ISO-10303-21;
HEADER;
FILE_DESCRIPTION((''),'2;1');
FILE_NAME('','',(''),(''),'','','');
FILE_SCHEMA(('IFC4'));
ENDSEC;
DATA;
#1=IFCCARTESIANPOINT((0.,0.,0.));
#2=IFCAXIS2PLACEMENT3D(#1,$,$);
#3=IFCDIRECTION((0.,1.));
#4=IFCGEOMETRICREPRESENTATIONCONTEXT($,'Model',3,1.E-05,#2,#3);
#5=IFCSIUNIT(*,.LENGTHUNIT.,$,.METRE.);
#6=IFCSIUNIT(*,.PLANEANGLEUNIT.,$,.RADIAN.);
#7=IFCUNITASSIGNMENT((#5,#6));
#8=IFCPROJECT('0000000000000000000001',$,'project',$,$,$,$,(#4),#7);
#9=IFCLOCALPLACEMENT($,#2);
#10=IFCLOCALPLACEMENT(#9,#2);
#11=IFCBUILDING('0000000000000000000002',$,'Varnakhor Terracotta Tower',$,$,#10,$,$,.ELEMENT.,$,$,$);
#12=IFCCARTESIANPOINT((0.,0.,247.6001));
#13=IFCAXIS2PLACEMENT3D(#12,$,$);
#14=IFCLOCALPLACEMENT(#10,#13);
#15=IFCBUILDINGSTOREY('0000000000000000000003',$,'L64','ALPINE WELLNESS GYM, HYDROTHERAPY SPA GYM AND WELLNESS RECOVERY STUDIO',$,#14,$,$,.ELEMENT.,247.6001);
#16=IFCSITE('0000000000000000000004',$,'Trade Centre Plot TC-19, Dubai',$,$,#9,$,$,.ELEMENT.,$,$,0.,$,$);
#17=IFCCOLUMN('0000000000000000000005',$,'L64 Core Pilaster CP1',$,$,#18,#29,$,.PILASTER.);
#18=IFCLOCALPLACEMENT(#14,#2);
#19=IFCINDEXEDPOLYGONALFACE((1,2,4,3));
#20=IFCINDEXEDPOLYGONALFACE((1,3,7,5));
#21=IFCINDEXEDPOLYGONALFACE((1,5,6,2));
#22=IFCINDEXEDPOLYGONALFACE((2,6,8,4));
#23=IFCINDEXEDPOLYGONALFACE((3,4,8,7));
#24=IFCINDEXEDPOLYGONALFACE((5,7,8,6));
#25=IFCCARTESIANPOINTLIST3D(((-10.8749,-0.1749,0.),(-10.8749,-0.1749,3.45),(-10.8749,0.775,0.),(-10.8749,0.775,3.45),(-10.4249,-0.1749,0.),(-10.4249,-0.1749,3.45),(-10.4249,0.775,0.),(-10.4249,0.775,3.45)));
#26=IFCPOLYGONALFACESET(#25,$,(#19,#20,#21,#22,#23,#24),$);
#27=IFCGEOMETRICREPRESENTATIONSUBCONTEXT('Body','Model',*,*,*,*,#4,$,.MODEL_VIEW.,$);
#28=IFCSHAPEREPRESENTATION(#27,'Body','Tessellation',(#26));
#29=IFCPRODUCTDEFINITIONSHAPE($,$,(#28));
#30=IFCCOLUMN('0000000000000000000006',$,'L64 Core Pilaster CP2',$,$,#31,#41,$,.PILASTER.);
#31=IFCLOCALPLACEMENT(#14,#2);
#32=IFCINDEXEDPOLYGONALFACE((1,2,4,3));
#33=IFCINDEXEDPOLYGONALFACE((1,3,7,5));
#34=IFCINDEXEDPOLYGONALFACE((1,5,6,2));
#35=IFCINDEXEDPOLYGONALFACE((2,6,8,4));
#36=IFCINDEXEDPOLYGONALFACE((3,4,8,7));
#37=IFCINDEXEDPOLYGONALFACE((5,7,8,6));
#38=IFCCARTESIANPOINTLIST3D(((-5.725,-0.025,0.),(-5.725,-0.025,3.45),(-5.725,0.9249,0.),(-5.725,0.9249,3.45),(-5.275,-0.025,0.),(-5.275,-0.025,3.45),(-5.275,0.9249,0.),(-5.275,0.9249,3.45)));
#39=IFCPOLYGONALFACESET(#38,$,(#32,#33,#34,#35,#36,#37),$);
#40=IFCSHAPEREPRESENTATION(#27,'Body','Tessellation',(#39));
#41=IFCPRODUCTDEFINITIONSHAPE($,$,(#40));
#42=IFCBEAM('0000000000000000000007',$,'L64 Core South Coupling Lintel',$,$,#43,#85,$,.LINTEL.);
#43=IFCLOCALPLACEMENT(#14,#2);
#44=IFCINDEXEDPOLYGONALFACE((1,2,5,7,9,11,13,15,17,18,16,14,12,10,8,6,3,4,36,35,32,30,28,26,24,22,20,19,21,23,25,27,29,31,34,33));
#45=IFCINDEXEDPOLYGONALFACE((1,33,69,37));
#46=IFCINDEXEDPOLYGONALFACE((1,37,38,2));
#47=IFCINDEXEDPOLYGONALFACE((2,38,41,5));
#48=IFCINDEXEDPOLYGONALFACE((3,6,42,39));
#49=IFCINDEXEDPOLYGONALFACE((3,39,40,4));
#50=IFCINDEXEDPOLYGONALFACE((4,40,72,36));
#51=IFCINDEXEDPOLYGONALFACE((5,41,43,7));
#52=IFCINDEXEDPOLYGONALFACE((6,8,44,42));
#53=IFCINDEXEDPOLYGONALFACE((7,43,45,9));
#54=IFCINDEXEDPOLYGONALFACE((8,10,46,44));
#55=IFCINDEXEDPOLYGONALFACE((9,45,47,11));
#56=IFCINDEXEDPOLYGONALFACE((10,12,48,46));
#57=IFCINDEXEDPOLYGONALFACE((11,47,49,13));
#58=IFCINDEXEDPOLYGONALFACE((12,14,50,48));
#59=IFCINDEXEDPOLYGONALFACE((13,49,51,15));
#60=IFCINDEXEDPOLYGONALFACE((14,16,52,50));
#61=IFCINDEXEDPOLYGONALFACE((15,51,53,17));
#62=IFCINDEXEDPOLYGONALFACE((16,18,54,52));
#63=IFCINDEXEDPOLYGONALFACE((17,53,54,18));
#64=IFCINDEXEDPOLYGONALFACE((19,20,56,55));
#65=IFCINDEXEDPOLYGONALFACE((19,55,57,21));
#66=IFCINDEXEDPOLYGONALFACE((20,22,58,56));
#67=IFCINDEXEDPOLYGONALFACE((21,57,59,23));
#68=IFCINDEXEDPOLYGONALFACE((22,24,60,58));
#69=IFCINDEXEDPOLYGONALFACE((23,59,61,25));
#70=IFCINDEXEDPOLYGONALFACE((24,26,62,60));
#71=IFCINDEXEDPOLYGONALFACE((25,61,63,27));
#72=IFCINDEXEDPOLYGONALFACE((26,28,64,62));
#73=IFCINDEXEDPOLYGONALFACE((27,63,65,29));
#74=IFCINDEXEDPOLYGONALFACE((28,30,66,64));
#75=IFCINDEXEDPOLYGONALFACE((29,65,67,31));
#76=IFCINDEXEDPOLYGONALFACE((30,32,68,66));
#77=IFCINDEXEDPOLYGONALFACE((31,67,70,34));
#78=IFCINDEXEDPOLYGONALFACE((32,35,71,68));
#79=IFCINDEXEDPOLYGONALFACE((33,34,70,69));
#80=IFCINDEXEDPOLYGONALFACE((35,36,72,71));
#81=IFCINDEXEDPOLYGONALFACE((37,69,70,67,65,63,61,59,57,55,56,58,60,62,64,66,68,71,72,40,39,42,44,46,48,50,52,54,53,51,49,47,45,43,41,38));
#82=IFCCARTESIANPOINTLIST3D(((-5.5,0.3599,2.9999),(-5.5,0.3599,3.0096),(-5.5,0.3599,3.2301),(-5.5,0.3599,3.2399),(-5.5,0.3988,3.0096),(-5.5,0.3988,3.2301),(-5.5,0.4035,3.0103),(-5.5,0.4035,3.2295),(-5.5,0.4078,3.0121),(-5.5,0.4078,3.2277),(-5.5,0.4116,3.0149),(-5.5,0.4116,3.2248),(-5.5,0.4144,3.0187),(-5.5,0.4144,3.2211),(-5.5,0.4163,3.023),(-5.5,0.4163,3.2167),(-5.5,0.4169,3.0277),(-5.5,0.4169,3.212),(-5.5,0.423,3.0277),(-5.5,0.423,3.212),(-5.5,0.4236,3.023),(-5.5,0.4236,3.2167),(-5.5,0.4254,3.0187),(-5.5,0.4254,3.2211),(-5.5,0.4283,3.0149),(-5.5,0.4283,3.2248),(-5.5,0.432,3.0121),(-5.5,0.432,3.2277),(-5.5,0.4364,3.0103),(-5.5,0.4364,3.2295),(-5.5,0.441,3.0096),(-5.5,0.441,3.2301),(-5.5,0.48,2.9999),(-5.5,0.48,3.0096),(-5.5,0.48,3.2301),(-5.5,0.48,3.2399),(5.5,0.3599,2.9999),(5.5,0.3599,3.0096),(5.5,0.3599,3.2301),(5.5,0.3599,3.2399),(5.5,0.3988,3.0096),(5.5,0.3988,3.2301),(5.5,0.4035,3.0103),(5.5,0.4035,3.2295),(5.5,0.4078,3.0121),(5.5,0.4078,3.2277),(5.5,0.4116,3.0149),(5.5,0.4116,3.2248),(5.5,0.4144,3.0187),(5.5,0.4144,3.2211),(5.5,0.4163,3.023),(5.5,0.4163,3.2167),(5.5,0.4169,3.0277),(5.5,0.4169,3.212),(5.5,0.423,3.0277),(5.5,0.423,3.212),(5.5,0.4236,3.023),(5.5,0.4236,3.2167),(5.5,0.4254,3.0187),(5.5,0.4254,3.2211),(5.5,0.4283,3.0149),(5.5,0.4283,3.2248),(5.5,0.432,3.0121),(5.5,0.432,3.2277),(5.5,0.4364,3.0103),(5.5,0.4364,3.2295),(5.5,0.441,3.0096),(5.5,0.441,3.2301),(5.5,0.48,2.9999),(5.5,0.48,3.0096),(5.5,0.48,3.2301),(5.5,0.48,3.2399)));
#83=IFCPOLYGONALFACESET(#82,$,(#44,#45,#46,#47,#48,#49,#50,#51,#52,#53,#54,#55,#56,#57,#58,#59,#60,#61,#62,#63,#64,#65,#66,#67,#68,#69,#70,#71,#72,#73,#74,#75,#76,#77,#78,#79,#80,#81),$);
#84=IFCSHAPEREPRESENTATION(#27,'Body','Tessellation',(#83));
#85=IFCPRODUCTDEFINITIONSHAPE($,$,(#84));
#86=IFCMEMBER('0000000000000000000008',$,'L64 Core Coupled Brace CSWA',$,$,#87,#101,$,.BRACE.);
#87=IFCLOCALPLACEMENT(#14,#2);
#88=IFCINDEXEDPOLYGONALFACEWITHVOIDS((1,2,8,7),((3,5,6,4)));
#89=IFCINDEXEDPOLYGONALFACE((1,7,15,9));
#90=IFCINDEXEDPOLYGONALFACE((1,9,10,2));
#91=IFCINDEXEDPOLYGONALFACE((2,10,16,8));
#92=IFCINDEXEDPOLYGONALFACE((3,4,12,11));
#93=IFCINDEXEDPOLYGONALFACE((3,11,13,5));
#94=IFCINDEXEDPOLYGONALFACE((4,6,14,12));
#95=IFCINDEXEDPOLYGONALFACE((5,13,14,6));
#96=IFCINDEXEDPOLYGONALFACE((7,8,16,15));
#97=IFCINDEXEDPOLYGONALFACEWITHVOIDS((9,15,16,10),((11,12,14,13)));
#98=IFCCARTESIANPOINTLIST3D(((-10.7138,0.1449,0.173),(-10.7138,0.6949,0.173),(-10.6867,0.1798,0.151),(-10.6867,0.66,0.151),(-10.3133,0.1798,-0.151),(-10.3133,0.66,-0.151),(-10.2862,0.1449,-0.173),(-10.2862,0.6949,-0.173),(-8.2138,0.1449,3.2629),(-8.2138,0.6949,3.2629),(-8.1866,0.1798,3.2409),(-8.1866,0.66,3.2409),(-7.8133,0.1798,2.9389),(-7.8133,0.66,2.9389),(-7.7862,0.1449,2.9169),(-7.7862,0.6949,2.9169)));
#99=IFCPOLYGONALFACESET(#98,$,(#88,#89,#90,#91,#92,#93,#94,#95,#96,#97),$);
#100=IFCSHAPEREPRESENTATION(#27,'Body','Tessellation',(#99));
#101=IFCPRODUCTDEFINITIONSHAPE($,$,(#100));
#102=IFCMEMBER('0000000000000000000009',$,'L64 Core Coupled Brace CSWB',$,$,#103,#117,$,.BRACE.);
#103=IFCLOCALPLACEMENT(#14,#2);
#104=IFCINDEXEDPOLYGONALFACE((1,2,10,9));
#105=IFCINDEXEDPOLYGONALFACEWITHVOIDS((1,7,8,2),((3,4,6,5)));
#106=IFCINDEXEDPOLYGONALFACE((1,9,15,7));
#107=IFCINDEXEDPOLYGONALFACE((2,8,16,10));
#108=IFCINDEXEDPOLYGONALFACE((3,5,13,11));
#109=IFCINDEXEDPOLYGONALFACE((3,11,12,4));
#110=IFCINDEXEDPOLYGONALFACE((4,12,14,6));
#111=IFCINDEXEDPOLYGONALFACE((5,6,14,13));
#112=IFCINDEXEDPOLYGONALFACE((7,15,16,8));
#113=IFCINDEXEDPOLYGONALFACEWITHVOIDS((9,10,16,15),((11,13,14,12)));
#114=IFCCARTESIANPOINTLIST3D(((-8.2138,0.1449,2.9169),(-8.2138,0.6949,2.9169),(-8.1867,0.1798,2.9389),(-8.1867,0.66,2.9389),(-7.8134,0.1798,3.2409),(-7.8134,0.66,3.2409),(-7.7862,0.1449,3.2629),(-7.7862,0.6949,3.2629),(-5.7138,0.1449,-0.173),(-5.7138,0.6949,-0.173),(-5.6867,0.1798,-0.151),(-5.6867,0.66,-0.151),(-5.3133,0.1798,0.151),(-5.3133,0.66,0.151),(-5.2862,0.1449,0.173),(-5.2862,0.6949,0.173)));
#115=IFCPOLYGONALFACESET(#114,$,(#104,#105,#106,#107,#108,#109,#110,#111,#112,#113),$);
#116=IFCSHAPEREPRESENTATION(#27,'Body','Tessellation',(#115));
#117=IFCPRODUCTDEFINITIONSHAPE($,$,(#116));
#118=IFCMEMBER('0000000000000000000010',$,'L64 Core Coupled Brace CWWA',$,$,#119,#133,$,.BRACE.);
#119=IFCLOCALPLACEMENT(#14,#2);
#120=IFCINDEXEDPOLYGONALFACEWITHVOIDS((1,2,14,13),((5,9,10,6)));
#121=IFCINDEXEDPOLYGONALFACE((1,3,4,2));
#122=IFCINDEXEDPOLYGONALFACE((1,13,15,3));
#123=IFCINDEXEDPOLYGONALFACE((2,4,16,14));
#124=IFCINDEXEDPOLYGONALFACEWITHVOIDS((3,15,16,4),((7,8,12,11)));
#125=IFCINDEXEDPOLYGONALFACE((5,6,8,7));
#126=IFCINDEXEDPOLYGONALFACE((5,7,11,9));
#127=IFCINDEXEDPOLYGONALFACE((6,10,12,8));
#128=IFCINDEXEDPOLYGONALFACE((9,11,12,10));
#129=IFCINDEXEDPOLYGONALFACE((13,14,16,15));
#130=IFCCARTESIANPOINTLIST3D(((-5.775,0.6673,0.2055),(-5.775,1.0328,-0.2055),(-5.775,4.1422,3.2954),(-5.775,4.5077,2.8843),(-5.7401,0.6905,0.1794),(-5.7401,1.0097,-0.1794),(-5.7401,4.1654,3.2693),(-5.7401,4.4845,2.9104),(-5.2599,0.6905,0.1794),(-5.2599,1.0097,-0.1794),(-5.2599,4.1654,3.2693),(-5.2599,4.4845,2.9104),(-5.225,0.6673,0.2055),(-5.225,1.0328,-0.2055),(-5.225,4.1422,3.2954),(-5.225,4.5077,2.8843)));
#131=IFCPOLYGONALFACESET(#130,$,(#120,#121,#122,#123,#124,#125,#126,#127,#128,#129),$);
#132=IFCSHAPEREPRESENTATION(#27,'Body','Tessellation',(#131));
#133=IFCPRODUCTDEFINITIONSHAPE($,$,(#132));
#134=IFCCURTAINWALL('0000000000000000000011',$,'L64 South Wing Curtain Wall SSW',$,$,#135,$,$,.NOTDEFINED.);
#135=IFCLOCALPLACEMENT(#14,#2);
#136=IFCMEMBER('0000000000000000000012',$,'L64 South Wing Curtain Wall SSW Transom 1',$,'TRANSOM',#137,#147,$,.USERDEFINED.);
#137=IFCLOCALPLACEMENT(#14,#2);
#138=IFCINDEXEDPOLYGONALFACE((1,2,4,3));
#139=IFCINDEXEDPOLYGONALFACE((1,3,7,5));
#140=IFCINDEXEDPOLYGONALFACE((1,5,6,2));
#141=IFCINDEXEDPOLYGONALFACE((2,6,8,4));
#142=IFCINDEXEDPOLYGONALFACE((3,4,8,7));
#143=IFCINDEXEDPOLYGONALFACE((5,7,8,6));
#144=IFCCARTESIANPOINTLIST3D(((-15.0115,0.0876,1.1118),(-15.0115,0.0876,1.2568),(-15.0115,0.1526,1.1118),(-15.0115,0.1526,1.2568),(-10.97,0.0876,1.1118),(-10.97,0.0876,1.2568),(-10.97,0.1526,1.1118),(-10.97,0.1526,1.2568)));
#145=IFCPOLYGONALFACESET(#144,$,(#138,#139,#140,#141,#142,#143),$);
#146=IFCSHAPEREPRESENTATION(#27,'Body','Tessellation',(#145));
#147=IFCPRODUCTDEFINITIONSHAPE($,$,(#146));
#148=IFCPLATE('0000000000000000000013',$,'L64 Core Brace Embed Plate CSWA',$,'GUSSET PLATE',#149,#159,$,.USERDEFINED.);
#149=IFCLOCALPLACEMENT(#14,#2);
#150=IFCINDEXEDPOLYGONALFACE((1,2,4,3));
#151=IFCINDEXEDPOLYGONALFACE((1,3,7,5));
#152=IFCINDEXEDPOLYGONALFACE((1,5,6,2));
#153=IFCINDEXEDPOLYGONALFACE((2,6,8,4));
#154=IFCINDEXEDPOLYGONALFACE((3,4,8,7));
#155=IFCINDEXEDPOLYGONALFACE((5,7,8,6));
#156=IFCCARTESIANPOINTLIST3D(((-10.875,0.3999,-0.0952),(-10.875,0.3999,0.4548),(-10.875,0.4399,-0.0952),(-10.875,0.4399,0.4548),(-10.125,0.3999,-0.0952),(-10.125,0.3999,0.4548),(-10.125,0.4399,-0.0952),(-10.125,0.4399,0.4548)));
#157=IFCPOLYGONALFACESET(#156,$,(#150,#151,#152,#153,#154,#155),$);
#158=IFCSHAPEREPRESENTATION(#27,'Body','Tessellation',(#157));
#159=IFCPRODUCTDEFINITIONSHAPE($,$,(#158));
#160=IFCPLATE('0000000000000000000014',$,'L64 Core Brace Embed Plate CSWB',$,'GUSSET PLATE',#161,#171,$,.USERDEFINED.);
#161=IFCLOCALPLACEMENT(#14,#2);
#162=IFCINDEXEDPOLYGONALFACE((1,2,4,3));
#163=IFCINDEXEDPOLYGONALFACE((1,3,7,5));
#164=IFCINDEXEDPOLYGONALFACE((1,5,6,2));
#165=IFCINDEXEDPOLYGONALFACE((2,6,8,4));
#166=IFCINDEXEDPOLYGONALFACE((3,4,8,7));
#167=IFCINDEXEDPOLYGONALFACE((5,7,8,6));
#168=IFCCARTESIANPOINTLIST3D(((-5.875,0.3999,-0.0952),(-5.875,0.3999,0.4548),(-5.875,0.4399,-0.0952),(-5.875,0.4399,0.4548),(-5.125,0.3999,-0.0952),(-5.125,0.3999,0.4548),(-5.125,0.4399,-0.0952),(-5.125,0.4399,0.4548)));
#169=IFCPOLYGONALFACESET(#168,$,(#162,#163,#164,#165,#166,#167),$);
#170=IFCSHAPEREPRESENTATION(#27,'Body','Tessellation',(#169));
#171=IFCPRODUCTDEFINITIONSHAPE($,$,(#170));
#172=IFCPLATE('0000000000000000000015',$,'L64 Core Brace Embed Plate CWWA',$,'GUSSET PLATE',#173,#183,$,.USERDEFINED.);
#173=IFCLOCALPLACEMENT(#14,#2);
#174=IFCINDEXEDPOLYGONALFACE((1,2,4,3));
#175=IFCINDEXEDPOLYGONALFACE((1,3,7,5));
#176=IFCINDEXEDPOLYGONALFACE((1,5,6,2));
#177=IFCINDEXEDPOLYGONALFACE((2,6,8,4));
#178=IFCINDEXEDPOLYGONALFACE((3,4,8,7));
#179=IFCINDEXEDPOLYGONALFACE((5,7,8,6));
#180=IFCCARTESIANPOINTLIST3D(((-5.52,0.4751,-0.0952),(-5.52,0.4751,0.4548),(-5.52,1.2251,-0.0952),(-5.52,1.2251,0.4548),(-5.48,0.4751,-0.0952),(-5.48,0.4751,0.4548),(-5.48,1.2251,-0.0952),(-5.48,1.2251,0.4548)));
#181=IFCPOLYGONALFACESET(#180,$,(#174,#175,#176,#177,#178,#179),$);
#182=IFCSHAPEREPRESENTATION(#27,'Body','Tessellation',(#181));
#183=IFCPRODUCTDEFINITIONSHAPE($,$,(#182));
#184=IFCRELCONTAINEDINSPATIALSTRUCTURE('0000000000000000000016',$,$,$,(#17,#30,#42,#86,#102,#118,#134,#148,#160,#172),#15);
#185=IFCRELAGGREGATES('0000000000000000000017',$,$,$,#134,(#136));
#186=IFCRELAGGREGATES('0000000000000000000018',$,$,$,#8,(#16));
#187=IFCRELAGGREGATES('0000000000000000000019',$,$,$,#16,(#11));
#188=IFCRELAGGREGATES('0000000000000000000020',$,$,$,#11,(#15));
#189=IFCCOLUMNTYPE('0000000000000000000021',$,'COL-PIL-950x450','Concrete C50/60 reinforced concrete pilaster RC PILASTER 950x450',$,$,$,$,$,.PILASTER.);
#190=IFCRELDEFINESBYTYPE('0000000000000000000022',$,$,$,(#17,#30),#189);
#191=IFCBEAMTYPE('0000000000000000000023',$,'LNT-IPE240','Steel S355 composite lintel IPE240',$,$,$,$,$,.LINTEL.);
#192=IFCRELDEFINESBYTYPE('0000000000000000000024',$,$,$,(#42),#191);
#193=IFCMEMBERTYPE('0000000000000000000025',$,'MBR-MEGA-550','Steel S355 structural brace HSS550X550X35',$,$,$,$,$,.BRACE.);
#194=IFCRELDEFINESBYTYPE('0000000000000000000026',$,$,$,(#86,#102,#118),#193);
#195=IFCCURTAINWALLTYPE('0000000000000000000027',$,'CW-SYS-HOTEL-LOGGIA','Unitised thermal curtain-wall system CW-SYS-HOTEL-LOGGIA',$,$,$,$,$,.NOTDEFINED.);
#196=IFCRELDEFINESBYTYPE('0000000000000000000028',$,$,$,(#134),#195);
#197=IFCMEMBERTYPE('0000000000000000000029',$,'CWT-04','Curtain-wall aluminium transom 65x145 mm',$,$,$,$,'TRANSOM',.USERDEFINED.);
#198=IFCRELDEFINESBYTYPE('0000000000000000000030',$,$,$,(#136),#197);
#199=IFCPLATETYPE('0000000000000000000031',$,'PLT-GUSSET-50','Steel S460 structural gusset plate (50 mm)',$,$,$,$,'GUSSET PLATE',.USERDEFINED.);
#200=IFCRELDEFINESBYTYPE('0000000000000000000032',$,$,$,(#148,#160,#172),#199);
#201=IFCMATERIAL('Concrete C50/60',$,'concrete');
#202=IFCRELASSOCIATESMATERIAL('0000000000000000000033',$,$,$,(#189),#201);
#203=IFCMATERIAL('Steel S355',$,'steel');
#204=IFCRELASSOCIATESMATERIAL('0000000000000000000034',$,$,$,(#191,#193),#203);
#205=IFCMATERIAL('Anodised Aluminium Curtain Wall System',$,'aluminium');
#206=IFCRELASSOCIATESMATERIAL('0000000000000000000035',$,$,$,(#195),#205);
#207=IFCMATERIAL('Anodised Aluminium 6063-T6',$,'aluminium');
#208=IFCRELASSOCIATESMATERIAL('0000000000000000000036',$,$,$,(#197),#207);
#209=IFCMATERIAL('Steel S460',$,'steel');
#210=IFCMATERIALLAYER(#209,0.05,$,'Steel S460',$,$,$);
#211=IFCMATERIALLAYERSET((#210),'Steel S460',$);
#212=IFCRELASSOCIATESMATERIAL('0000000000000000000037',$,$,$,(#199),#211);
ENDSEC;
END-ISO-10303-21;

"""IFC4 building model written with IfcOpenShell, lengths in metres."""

from ifc_helpers import new_model, si_unit, direction, frame, origin, origin_2d, place, context, subcontext, project, spatial, rectangle, hollow_rectangle, i_section, extrude, source, transform, mapped, material, layer, layer_set, material_profile, profile_set, type_object, type_shapes, element, aggregate, save


model = new_model("IFC4")

# Units and contexts
model_context = context("Model", 3, precision=1e-05, world=origin(), true_north=direction((0.0, 1.0)))
body_context = subcontext(model_context, "Body", "Model", "MODEL_VIEW")
ifc_project = project(units=[si_unit("LENGTHUNIT", "METRE"), si_unit("PLANEANGLEUNIT", "RADIAN")], contexts=[model_context])

# Site, building, storey
site_placement = place(None, origin())
site = spatial("IfcSite", under=ifc_project, at=site_placement, Name="Trade Centre Plot TC-19, Dubai", CompositionType="ELEMENT", RefElevation=0.0)
building_placement = place(site_placement, origin())
building = spatial("IfcBuilding", under=site, at=building_placement, Name="Varnakhor Terracotta Tower", CompositionType="ELEMENT")
storey_placement = place(building_placement, frame((0.0, 0.0, 247.6001)))
storey = spatial("IfcBuildingStorey", under=building, at=storey_placement, Name="L64", Description="ALPINE WELLNESS GYM, HYDROTHERAPY SPA GYM AND WELLNESS RECOVERY STUDIO", CompositionType="ELEMENT", Elevation=247.6001)

# Columns
ifc_material_1 = material(Name="Concrete C50/60", Category="concrete")
ifc_material_profile_1 = material_profile(ifc_material_1, rectangle(XDim=0.45, YDim=0.95, at=origin_2d()), Name="RC PILASTER 950x450")
ifc_profile_set_1 = profile_set([ifc_material_profile_1], Name="Concrete C50/60")
column_type = type_object("IfcColumnType", Name="COL-PIL-950x450", Description="Concrete C50/60 reinforced concrete pilaster RC PILASTER 950x450", PredefinedType="PILASTER", material=ifc_profile_set_1)
shared_shape_1 = source(origin(), body_context, "Body", "SweptSolid", [
    extrude(rectangle(XDim=0.45, YDim=0.95, at=origin_2d()), origin(), (0.0, 0.0, 1.0), 3.45),
])
for number, where, z_axis, x_axis, name in (
    (1, (-10.6499, 0.3, 0.0), (0.0, 0.0, 1.0), (1.0, 0.0, 0.0), "L64 Core Pilaster CP1"),
    (2, (-5.5, 0.45, 0.0), (0.0, 0.0, 1.0), (1.0, 0.0, 0.0), "L64 Core Pilaster CP2"),
):
    element("IfcColumn", number, at=place(storey_placement, frame(where, z_axis=z_axis, x_axis=x_axis)), inside=storey, type_object=column_type, Name=name, PredefinedType="PILASTER", context=body_context, shape_type="MappedRepresentation", body=[
        mapped(shared_shape_1, transform((0.0, 0.0, 0.0), scale=1.0)),
    ])

# Beam
ifc_material_2 = material(Name="Steel S355", Category="steel")
ifc_material_profile_2 = material_profile(ifc_material_2, i_section(OverallWidth=0.1201, OverallDepth=0.24, WebThickness=0.0061, FlangeThickness=0.0098, FilletRadius=0.0181, at=origin_2d()), Name="IPE240")
ifc_profile_set_2 = profile_set([ifc_material_profile_2], Name="Steel S355")
beam_type = type_object("IfcBeamType", Name="LNT-IPE240", Description="Steel S355 composite lintel IPE240", PredefinedType="LINTEL", material=ifc_profile_set_2)
shared_shape_2 = source(origin(), body_context, "Body", "SweptSolid", [
    extrude(i_section(OverallWidth=0.1201, OverallDepth=0.24, WebThickness=0.0061, FlangeThickness=0.0098, FilletRadius=0.0181, at=origin_2d()), origin(), (0.0, 0.0, 1.0), 11.0),
])
type_shapes(beam_type, [shared_shape_2])
beam_placement = place(storey_placement, frame((-5.5, 0.4199, 3.1199), z_axis=(1.0, 0.0, 0.0), x_axis=(0.0, 1.0, 0.0)))
element("IfcBeam", 3, at=beam_placement, inside=storey, type_object=beam_type, Name="L64 Core South Coupling Lintel", PredefinedType="LINTEL", context=body_context, shape_type="MappedRepresentation", body=[
    mapped(shared_shape_2, transform((0.0, 0.0, 0.0), scale=1.0)),
])

# Members
ifc_material_profile_3 = material_profile(ifc_material_2, hollow_rectangle(XDim=0.55, YDim=0.55, WallThickness=0.0349, at=origin_2d()), Name="HSS550X550X35")
ifc_profile_set_3 = profile_set([ifc_material_profile_3], Name="Steel S355")
member_type_1 = type_object("IfcMemberType", Name="MBR-MEGA-550", Description="Steel S355 structural brace HSS550X550X35", PredefinedType="BRACE", material=ifc_profile_set_3)
shared_shape_3 = source(origin(), body_context, "Body", "SweptSolid", [
    extrude(hollow_rectangle(XDim=0.55, YDim=0.55, WallThickness=0.0349, at=origin_2d()), origin(), (0.0, 0.0, 1.0), 3.9746),
])
for number, where, z_axis, x_axis, name in (
    (4, (-10.5, 0.4199, 0.0), (0.629, 0.0, 0.777405), (0.0, 1.0, 0.0), "L64 Core Coupled Brace CSWA"),
    (5, (-5.5, 0.4199, 0.0), (-0.629, 0.0, 0.777405), (0.0, -1.0, 0.0), "L64 Core Coupled Brace CSWB"),
):
    element("IfcMember", number, at=place(storey_placement, frame(where, z_axis=z_axis, x_axis=x_axis)), inside=storey, type_object=member_type_1, Name=name, PredefinedType="BRACE", context=body_context, shape_type="MappedRepresentation", body=[
        mapped(shared_shape_3, transform((0.0, 0.0, 0.0), scale=1.0)),
    ])
shared_shape_4 = source(origin(), body_context, "Body", "SweptSolid", [
    extrude(hollow_rectangle(XDim=0.55, YDim=0.55, WallThickness=0.0349, at=origin_2d()), origin(), (0.0, 0.0, 1.0), 4.6499),
])
member_1_placement = place(storey_placement, frame((-5.5, 0.8501, 0.0), z_axis=(0.0, 0.747293, 0.664494), x_axis=(-1.0, 0.0, 0.0)))
element("IfcMember", 6, at=member_1_placement, inside=storey, type_object=member_type_1, Name="L64 Core Coupled Brace CWWA", PredefinedType="BRACE", context=body_context, shape_type="MappedRepresentation", body=[
    mapped(shared_shape_4, transform((0.0, 0.0, 0.0), scale=1.0)),
])

# Curtain wall, member
ifc_material_3 = material(Name="Anodised Aluminium Curtain Wall System", Category="aluminium")
curtain_wall_type = type_object("IfcCurtainWallType", Name="CW-SYS-HOTEL-LOGGIA", Description="Unitised thermal curtain-wall system CW-SYS-HOTEL-LOGGIA", PredefinedType="NOTDEFINED", material=ifc_material_3)
curtain_wall_placement = place(storey_placement, origin())
curtain_wall = element("IfcCurtainWall", 7, at=curtain_wall_placement, inside=storey, type_object=curtain_wall_type, Name="L64 South Wing Curtain Wall SSW", PredefinedType="NOTDEFINED")
ifc_material_4 = material(Name="Anodised Aluminium 6063-T6", Category="aluminium")
ifc_material_profile_4 = material_profile(ifc_material_4, rectangle(XDim=0.0649, YDim=0.145, at=origin_2d()), Name="ALU TRANSOM 65x145")
ifc_profile_set_4 = profile_set([ifc_material_profile_4], Name="Anodised Aluminium 6063-T6")
member_type_2 = type_object("IfcMemberType", Name="CWT-04", Description="Curtain-wall aluminium transom 65x145 mm", ElementType="TRANSOM", PredefinedType="USERDEFINED", material=ifc_profile_set_4)
shared_shape_5 = source(origin(), body_context, "Body", "SweptSolid", [
    extrude(rectangle(XDim=0.0649, YDim=0.145, at=origin_2d()), origin(), (0.0, 0.0, 1.0), 4.0415),
])
member_2_placement = place(storey_placement, frame((-10.97, 0.1201, 1.1843), z_axis=(-1.0, 0.0, 0.0), x_axis=(0.0, -1.0, 0.0)))
member_2 = element("IfcMember", 8, at=member_2_placement, type_object=member_type_2, Name="L64 South Wing Curtain Wall SSW Transom 1", ObjectType="TRANSOM", PredefinedType="USERDEFINED", context=body_context, shape_type="MappedRepresentation", body=[
    mapped(shared_shape_5, transform((0.0, 0.0, 0.0), scale=1.0)),
])
aggregate(curtain_wall, [member_2])

# Plates
ifc_material_5 = material(Name="Steel S460", Category="steel")
ifc_layer_1 = layer(ifc_material_5, 0.05, Name="Steel S460")
ifc_layer_set_1 = layer_set([ifc_layer_1], Name="Steel S460")
plate_type = type_object("IfcPlateType", Name="PLT-GUSSET-50", Description="Steel S460 structural gusset plate (50 mm)", ElementType="GUSSET PLATE", PredefinedType="USERDEFINED", material=ifc_layer_set_1)
shared_shape_6 = source(origin(), body_context, "Body", "SweptSolid", [
    extrude(rectangle(XDim=0.75, YDim=0.04, at=origin_2d()), origin(), (0.0, 0.0, 1.0), 0.55),
])
type_shapes(plate_type, [shared_shape_6])
for number, where, z_axis, x_axis, name in (
    (9, (-10.5, 0.4199, -0.0952), (0.0, 0.0, 1.0), (1.0, 0.0, 0.0), "L64 Core Brace Embed Plate CSWA"),
    (10, (-5.5, 0.4199, -0.0952), (0.0, 0.0, 1.0), (1.0, 0.0, 0.0), "L64 Core Brace Embed Plate CSWB"),
    (11, (-5.5, 0.8501, -0.0952), (0.0, 0.0, 1.0), (0.0, 1.0, 0.0), "L64 Core Brace Embed Plate CWWA"),
):
    element("IfcPlate", number, at=place(storey_placement, frame(where, z_axis=z_axis, x_axis=x_axis)), inside=storey, type_object=plate_type, Name=name, ObjectType="GUSSET PLATE", PredefinedType="USERDEFINED", context=body_context, shape_type="MappedRepresentation", body=[
        mapped(shared_shape_6, transform((0.0, 0.0, 0.0), scale=1.0)),
    ])

save(model, "model.ifc")
